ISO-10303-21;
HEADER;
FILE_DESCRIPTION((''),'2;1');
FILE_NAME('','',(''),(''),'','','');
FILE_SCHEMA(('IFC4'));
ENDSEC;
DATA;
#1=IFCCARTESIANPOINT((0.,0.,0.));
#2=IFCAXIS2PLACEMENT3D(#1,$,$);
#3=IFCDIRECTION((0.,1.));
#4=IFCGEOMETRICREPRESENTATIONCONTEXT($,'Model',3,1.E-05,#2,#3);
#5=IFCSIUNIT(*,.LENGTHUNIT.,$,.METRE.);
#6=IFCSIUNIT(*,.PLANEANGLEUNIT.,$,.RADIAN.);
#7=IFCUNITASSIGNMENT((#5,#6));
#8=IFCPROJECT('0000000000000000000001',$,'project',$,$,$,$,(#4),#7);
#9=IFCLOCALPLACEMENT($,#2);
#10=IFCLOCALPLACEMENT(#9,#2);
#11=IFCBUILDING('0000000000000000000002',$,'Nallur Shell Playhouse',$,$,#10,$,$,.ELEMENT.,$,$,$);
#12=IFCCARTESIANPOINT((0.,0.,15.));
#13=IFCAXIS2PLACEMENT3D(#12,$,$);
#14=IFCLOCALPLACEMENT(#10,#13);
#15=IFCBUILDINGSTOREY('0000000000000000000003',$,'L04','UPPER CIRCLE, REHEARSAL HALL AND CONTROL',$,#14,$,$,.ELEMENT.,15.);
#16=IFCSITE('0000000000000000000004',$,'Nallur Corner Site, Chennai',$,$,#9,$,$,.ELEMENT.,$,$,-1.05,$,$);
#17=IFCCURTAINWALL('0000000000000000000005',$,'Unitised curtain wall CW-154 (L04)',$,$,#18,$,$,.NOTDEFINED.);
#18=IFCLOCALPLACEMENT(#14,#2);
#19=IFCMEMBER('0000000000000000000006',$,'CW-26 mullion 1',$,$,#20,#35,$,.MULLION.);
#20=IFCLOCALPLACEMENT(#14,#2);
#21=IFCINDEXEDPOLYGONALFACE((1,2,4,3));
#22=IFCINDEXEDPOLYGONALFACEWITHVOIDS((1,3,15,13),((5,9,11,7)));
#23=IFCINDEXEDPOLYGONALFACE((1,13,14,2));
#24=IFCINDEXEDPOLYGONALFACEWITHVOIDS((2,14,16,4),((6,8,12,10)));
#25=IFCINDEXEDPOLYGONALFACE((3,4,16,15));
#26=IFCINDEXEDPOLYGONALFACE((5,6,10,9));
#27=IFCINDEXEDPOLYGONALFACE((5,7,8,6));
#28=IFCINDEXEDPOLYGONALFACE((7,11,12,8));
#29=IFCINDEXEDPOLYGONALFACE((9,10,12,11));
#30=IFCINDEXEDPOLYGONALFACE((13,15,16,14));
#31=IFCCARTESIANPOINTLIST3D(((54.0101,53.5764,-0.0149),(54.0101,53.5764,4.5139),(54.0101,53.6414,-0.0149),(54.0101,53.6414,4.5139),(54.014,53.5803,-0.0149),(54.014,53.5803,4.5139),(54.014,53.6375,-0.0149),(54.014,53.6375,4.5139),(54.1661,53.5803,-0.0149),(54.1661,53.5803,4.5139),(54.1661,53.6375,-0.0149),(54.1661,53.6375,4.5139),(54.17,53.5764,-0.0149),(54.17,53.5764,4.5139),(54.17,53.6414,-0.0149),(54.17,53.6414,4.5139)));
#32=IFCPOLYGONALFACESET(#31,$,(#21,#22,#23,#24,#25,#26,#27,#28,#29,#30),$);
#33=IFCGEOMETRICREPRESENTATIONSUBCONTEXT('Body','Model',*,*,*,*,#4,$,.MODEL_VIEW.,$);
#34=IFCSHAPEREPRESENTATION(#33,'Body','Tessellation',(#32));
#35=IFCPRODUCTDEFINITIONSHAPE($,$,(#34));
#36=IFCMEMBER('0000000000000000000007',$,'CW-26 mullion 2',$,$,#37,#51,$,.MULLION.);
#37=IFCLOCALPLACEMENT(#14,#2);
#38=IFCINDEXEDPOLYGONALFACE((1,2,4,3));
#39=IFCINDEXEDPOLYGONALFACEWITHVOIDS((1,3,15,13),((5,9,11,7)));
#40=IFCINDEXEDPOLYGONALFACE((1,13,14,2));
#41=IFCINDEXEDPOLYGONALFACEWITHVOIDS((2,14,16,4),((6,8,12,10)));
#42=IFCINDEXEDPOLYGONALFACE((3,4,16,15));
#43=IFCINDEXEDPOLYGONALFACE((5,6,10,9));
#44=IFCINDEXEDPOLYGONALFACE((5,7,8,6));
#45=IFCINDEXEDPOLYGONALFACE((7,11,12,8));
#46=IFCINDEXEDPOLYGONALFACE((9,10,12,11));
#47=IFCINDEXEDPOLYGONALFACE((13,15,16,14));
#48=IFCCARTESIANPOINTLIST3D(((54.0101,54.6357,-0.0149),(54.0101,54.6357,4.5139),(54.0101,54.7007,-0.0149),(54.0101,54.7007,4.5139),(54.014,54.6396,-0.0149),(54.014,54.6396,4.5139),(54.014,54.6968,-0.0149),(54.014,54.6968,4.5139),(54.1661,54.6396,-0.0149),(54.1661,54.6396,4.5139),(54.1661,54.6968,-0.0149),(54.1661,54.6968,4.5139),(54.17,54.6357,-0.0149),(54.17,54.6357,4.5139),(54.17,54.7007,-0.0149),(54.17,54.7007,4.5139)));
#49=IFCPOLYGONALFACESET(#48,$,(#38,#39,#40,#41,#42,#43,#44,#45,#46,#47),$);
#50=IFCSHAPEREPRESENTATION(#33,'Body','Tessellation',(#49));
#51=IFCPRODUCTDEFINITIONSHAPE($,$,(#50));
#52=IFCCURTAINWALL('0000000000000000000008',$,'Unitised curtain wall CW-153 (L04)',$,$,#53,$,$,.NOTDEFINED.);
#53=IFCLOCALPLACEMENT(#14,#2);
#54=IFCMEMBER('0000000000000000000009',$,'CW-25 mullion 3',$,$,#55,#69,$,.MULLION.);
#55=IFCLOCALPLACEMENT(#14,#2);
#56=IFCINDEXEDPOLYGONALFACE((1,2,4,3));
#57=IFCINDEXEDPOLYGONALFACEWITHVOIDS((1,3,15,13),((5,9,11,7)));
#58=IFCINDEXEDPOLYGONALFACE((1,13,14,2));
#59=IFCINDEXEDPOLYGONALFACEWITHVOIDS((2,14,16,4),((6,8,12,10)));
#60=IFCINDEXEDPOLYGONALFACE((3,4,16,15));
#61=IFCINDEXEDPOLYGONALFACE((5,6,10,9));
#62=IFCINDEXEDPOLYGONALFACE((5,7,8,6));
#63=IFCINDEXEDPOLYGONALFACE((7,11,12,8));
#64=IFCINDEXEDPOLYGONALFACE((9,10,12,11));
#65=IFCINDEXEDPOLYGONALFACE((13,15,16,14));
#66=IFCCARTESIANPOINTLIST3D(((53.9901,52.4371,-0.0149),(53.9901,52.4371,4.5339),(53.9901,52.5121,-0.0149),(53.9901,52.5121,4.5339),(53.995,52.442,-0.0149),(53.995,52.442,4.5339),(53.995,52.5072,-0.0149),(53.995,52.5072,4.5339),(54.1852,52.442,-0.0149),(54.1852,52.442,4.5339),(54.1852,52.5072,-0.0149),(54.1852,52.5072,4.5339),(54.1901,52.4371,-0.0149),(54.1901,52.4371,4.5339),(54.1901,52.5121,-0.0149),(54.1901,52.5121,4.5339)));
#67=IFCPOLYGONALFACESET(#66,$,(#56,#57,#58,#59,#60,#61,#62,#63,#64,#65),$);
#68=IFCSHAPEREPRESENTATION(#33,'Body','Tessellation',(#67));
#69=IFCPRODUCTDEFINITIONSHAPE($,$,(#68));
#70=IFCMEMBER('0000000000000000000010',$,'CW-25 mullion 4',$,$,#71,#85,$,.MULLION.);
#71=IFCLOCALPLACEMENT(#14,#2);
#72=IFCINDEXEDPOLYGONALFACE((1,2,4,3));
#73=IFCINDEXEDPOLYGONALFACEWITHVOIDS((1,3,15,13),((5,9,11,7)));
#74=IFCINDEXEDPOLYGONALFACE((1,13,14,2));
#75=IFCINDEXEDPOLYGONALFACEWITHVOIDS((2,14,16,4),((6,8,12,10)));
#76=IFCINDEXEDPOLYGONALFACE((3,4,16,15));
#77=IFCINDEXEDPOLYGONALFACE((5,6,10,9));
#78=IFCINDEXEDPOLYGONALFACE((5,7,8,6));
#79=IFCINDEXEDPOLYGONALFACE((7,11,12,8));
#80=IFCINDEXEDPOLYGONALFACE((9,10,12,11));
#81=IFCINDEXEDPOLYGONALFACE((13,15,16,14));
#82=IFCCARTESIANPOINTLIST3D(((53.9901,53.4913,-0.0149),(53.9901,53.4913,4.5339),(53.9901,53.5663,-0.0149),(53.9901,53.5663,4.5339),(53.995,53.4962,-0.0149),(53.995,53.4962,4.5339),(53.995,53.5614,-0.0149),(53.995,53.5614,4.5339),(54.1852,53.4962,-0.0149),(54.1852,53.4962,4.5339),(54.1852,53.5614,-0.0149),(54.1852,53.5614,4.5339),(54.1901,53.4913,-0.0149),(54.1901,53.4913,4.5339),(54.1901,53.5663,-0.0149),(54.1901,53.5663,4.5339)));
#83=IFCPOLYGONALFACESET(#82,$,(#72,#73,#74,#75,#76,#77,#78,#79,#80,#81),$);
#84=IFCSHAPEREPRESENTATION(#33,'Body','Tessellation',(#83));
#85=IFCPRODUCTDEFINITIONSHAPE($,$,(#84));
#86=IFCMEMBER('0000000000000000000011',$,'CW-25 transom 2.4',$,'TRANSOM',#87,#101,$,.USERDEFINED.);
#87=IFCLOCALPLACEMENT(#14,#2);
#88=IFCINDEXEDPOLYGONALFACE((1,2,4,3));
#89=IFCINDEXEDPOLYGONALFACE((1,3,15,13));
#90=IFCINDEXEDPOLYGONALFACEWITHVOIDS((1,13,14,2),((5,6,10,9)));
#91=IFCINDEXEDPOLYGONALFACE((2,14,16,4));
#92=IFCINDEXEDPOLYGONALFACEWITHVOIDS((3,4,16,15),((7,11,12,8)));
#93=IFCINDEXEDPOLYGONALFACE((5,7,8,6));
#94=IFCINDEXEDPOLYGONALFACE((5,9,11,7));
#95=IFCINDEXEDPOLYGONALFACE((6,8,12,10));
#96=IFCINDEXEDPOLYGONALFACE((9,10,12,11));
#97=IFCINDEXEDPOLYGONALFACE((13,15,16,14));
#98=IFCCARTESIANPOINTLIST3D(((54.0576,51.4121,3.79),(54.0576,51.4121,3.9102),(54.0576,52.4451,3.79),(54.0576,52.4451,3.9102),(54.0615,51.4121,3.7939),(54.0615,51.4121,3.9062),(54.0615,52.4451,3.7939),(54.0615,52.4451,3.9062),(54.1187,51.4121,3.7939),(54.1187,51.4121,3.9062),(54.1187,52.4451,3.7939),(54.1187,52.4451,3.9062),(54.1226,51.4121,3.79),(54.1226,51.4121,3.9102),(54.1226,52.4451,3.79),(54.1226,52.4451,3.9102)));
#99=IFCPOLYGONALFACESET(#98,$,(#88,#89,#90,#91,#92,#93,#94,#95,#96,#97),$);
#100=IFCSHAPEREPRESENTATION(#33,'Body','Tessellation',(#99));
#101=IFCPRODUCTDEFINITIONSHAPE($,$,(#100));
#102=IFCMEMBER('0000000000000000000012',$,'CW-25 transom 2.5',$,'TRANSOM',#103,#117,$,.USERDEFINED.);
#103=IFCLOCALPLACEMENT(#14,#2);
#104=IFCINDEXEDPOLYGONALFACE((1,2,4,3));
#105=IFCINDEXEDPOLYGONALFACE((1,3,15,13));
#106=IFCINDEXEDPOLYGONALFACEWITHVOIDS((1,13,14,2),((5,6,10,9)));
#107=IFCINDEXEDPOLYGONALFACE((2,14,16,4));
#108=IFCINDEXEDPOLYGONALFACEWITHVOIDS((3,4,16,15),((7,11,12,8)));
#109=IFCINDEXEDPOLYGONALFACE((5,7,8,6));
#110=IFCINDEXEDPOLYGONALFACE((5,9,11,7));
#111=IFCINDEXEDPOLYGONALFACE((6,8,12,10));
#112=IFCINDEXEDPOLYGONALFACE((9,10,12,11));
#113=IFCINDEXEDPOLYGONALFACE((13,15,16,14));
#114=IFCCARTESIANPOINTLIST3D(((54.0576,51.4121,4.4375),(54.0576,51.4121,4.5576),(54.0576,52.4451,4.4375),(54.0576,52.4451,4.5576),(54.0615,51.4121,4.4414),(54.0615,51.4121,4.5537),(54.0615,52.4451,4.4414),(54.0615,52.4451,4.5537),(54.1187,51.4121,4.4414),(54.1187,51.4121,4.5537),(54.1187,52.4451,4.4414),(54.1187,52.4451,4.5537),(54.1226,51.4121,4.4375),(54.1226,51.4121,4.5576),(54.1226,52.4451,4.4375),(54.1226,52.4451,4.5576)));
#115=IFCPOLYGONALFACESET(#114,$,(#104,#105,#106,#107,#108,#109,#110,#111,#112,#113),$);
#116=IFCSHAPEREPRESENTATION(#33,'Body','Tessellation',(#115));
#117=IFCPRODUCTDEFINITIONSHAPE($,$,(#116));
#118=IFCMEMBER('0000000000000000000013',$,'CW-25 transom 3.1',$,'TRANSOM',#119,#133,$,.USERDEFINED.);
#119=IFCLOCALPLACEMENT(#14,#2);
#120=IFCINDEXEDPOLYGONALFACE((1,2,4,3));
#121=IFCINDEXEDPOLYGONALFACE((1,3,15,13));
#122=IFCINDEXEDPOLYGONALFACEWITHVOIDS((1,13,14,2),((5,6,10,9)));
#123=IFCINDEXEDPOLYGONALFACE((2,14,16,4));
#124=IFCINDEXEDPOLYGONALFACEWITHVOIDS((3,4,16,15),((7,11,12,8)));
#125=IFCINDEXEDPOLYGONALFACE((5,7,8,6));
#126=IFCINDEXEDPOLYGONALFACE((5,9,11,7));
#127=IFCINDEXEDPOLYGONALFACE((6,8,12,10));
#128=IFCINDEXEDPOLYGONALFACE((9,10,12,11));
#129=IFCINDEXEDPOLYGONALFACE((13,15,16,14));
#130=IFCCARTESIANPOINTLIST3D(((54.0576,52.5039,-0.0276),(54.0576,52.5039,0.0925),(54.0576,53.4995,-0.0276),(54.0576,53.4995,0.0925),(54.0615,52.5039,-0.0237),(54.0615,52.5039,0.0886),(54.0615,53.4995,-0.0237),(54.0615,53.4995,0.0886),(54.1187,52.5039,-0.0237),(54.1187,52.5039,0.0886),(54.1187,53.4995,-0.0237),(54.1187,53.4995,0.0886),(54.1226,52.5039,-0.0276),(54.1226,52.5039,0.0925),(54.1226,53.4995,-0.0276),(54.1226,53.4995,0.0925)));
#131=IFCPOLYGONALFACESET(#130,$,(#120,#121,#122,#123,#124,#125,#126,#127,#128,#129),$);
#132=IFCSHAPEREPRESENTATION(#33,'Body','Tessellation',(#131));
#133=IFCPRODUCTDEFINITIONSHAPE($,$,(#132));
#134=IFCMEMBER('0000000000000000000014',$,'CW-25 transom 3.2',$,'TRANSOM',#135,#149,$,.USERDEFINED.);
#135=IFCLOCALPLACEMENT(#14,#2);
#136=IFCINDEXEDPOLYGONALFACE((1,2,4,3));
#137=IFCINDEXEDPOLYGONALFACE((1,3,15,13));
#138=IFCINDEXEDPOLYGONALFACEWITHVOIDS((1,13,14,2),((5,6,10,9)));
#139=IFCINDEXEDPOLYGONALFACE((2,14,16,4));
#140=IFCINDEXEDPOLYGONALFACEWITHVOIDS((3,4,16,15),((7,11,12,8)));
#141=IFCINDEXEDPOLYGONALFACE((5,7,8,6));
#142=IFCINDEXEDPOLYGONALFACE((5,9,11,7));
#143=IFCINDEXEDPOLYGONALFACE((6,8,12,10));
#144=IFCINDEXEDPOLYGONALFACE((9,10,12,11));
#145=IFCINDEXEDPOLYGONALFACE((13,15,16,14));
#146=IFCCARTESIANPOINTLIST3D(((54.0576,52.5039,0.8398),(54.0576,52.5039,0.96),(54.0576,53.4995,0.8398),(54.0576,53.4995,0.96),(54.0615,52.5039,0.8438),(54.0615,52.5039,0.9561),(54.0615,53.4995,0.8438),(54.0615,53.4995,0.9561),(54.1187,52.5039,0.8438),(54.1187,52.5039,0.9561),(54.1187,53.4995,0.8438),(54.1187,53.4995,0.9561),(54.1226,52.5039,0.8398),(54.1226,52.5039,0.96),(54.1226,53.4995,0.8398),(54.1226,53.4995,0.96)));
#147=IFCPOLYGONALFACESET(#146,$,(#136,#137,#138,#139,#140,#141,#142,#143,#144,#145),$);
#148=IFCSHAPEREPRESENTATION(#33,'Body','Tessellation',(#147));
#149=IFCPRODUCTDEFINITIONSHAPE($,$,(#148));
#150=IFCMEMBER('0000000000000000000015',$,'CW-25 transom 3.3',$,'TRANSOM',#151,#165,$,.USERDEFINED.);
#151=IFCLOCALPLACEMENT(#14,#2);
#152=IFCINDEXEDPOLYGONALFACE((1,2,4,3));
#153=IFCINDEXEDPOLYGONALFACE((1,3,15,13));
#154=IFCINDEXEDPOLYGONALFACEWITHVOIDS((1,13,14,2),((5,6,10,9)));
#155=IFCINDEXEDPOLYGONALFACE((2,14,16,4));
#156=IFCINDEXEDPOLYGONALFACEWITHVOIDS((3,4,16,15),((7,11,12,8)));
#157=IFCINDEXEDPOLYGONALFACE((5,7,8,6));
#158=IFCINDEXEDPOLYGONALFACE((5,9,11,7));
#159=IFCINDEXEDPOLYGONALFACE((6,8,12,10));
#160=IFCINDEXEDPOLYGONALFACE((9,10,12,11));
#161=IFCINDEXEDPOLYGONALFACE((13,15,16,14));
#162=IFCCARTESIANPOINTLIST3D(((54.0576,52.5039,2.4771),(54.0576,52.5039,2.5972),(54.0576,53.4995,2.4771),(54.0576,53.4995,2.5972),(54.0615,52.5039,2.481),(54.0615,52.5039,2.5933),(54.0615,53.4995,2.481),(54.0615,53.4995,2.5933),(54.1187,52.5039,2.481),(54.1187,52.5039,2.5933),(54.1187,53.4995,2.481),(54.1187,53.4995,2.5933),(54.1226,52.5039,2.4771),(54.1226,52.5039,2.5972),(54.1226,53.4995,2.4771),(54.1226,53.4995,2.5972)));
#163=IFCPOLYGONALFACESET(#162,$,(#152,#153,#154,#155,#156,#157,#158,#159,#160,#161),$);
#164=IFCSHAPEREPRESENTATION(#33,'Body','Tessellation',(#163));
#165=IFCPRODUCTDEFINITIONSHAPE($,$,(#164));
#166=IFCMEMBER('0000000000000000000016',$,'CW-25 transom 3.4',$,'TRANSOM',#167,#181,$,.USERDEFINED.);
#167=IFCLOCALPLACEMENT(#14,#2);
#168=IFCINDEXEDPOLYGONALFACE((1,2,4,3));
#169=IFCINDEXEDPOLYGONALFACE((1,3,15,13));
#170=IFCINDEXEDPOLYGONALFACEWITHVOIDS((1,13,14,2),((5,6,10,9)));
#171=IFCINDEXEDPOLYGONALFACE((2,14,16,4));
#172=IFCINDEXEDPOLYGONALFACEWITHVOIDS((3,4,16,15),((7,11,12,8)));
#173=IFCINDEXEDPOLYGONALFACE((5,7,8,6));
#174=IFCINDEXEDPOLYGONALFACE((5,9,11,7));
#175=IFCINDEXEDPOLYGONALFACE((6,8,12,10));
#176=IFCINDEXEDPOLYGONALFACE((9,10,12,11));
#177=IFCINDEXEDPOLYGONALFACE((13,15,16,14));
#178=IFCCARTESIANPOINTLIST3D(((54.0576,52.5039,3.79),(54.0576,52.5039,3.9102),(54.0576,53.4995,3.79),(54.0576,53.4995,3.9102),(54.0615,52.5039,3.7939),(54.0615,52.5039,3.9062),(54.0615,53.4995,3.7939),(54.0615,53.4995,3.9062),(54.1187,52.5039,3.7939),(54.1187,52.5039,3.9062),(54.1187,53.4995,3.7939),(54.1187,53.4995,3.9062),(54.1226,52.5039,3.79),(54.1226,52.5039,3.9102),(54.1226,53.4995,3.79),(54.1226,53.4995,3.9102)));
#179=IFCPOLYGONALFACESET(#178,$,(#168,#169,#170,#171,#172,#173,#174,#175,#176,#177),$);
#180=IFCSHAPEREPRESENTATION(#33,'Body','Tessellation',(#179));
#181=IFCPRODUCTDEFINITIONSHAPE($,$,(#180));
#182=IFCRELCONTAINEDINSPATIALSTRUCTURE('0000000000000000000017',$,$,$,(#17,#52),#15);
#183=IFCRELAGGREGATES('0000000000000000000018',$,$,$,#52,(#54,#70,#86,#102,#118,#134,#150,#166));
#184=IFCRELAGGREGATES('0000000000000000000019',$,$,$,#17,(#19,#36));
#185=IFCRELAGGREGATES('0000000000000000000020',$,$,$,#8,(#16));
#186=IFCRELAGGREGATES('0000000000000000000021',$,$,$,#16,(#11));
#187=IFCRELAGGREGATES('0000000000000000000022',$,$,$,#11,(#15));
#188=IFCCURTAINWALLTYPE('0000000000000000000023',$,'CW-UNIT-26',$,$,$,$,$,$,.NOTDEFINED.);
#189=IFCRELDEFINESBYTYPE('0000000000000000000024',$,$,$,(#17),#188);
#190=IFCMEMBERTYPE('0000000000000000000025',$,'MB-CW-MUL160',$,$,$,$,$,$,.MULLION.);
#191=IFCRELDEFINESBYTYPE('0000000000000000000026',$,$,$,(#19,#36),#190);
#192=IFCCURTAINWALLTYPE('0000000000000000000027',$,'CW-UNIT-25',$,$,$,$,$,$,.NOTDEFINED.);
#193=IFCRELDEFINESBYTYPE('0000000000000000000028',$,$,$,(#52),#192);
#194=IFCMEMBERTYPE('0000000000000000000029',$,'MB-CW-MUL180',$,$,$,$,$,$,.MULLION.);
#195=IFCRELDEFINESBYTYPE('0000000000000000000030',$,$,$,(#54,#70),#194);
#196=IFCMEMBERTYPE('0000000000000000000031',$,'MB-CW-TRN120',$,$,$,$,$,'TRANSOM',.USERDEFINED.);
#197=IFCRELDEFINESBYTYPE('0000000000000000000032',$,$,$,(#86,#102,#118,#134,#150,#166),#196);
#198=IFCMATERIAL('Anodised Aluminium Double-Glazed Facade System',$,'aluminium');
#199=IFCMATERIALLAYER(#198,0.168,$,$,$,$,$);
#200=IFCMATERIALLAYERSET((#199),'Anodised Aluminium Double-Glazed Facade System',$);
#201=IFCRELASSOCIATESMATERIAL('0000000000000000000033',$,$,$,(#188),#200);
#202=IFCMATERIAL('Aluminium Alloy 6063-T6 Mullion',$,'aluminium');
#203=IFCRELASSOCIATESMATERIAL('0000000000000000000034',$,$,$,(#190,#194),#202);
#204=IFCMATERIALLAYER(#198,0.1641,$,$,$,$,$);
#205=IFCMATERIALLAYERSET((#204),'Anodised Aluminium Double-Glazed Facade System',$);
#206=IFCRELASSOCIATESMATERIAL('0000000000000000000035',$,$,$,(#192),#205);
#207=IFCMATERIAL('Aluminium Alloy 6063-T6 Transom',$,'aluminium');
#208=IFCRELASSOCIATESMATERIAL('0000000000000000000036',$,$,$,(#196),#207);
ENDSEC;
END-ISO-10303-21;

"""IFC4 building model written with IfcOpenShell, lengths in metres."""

from ifc_helpers import new_model, si_unit, direction, frame, origin, origin_2d, place, context, subcontext, project, spatial, hollow_rectangle, extrude, material, layer, layer_set, material_profile, profile_set, type_object, element, aggregate, save


model = new_model("IFC4")

# Units and contexts
model_context = context("Model", 3, precision=1e-05, world=origin(), true_north=direction((0.0, 1.0)))
body_context = subcontext(model_context, "Body", "Model", "MODEL_VIEW")
ifc_project = project(units=[si_unit("LENGTHUNIT", "METRE"), si_unit("PLANEANGLEUNIT", "RADIAN")], contexts=[model_context])

# Site, building, storey
site_placement = place(None, origin())
site = spatial("IfcSite", under=ifc_project, at=site_placement, Name="Nallur Corner Site, Chennai", CompositionType="ELEMENT", RefElevation=-1.05)
building_placement = place(site_placement, origin())
building = spatial("IfcBuilding", under=site, at=building_placement, Name="Nallur Shell Playhouse", CompositionType="ELEMENT")
storey_placement = place(building_placement, frame((0.0, 0.0, 15.0)))
storey = spatial("IfcBuildingStorey", under=building, at=storey_placement, Name="L04", Description="UPPER CIRCLE, REHEARSAL HALL AND CONTROL", CompositionType="ELEMENT", Elevation=15.0)

# Curtain walls, members
ifc_material_1 = material(Name="Anodised Aluminium Double-Glazed Facade System", Category="aluminium")
ifc_layer_1 = layer(ifc_material_1, 0.168)
ifc_layer_set_1 = layer_set([ifc_layer_1], Name="Anodised Aluminium Double-Glazed Facade System")
curtain_wall_type_1 = type_object("IfcCurtainWallType", Name="CW-UNIT-26", PredefinedType="NOTDEFINED", material=ifc_layer_set_1)
curtain_wall_1_placement = place(storey_placement, origin())
curtain_wall_1 = element("IfcCurtainWall", 1, at=curtain_wall_1_placement, inside=storey, type_object=curtain_wall_type_1, Name="Unitised curtain wall CW-154 (L04)", PredefinedType="NOTDEFINED")
ifc_material_2 = material(Name="Aluminium Alloy 6063-T6 Mullion", Category="aluminium")
ifc_material_profile_1 = material_profile(ifc_material_2, hollow_rectangle(XDim=0.0649, YDim=0.1599, WallThickness=0.0039, at=origin_2d()), Name="ALU 65x160x4")
ifc_profile_set_1 = profile_set([ifc_material_profile_1], Name="Aluminium Alloy 6063-T6 Mullion")
member_type_1 = type_object("IfcMemberType", Name="MB-CW-MUL160", PredefinedType="MULLION", material=ifc_profile_set_1)
member_1_placement = place(storey_placement, frame((54.0901, 53.6089, -0.0149), z_axis=(0.0, 0.0, 1.0), x_axis=(0.0, 1.0, 0.0)))
member_1 = element("IfcMember", 2, at=member_1_placement, type_object=member_type_1, Name="CW-26 mullion 1", PredefinedType="MULLION", context=body_context, shape_type="SweptSolid", body=[
    extrude(hollow_rectangle(XDim=0.0649, YDim=0.1599, WallThickness=0.0039, at=origin_2d()), origin(), (0.0, 0.0, 1.0), 4.5288),
])
member_2_placement = place(storey_placement, frame((54.0901, 54.6682, -0.0149), z_axis=(0.0, 0.0, 1.0), x_axis=(0.0, 1.0, 0.0)))
member_2 = element("IfcMember", 3, at=member_2_placement, type_object=member_type_1, Name="CW-26 mullion 2", PredefinedType="MULLION", context=body_context, shape_type="SweptSolid", body=[
    extrude(hollow_rectangle(XDim=0.0649, YDim=0.1599, WallThickness=0.0039, at=origin_2d()), origin(), (0.0, 0.0, 1.0), 4.5288),
])
ifc_layer_2 = layer(ifc_material_1, 0.1641)
ifc_layer_set_2 = layer_set([ifc_layer_2], Name="Anodised Aluminium Double-Glazed Facade System")
curtain_wall_type_2 = type_object("IfcCurtainWallType", Name="CW-UNIT-25", PredefinedType="NOTDEFINED", material=ifc_layer_set_2)
curtain_wall_2_placement = place(storey_placement, origin())
curtain_wall_2 = element("IfcCurtainWall", 4, at=curtain_wall_2_placement, inside=storey, type_object=curtain_wall_type_2, Name="Unitised curtain wall CW-153 (L04)", PredefinedType="NOTDEFINED")
ifc_material_profile_2 = material_profile(ifc_material_2, hollow_rectangle(XDim=0.075, YDim=0.2, WallThickness=0.0049, at=origin_2d()), Name="ALU 75x200x5")
ifc_profile_set_2 = profile_set([ifc_material_profile_2], Name="Aluminium Alloy 6063-T6 Mullion")
member_type_2 = type_object("IfcMemberType", Name="MB-CW-MUL180", PredefinedType="MULLION", material=ifc_profile_set_2)
member_3_placement = place(storey_placement, frame((54.0901, 52.4746, -0.0149), z_axis=(0.0, 0.0, 1.0), x_axis=(0.0, 1.0, 0.0)))
member_3 = element("IfcMember", 5, at=member_3_placement, type_object=member_type_2, Name="CW-25 mullion 3", PredefinedType="MULLION", context=body_context, shape_type="SweptSolid", body=[
    extrude(hollow_rectangle(XDim=0.075, YDim=0.2, WallThickness=0.0049, at=origin_2d()), origin(), (0.0, 0.0, 1.0), 4.5488),
])
member_4_placement = place(storey_placement, frame((54.0901, 53.5288, -0.0149), z_axis=(0.0, 0.0, 1.0), x_axis=(0.0, 1.0, 0.0)))
member_4 = element("IfcMember", 6, at=member_4_placement, type_object=member_type_2, Name="CW-25 mullion 4", PredefinedType="MULLION", context=body_context, shape_type="SweptSolid", body=[
    extrude(hollow_rectangle(XDim=0.075, YDim=0.2, WallThickness=0.0049, at=origin_2d()), origin(), (0.0, 0.0, 1.0), 4.5488),
])
ifc_material_3 = material(Name="Aluminium Alloy 6063-T6 Transom", Category="aluminium")
ifc_material_profile_3 = material_profile(ifc_material_3, hollow_rectangle(XDim=0.0649, YDim=0.1201, WallThickness=0.0039, at=origin_2d()), Name="ALU 65x120x4")
ifc_profile_set_3 = profile_set([ifc_material_profile_3], Name="Aluminium Alloy 6063-T6 Transom")
member_type_3 = type_object("IfcMemberType", Name="MB-CW-TRN120", ElementType="TRANSOM", PredefinedType="USERDEFINED", material=ifc_profile_set_3)
member_5_placement = place(storey_placement, frame((54.0901, 51.4121, 3.8501), z_axis=(0.0, 1.0, 0.0), x_axis=(-1.0, 0.0, 0.0)))
member_5 = element("IfcMember", 7, at=member_5_placement, type_object=member_type_3, Name="CW-25 transom 2.4", ObjectType="TRANSOM", PredefinedType="USERDEFINED", context=body_context, shape_type="SweptSolid", body=[
    extrude(hollow_rectangle(XDim=0.0649, YDim=0.1201, WallThickness=0.0039, at=origin_2d()), origin(), (0.0, 0.0, 1.0), 1.033),
])
member_6_placement = place(storey_placement, frame((54.0901, 51.4121, 4.4976), z_axis=(0.0, 1.0, 0.0), x_axis=(-1.0, 0.0, 0.0)))
member_6 = element("IfcMember", 8, at=member_6_placement, type_object=member_type_3, Name="CW-25 transom 2.5", ObjectType="TRANSOM", PredefinedType="USERDEFINED", context=body_context, shape_type="SweptSolid", body=[
    extrude(hollow_rectangle(XDim=0.0649, YDim=0.1201, WallThickness=0.0039, at=origin_2d()), origin(), (0.0, 0.0, 1.0), 1.033),
])
member_7_placement = place(storey_placement, frame((54.0901, 52.5039, 0.0325), z_axis=(0.0, 1.0, 0.0), x_axis=(-1.0, 0.0, 0.0)))
member_7 = element("IfcMember", 9, at=member_7_placement, type_object=member_type_3, Name="CW-25 transom 3.1", ObjectType="TRANSOM", PredefinedType="USERDEFINED", context=body_context, shape_type="SweptSolid", body=[
    extrude(hollow_rectangle(XDim=0.0649, YDim=0.1201, WallThickness=0.0039, at=origin_2d()), origin(), (0.0, 0.0, 1.0), 0.9956),
])
member_8_placement = place(storey_placement, frame((54.0901, 52.5039, 0.8999), z_axis=(0.0, 1.0, 0.0), x_axis=(-1.0, 0.0, 0.0)))
member_8 = element("IfcMember", 10, at=member_8_placement, type_object=member_type_3, Name="CW-25 transom 3.2", ObjectType="TRANSOM", PredefinedType="USERDEFINED", context=body_context, shape_type="SweptSolid", body=[
    extrude(hollow_rectangle(XDim=0.0649, YDim=0.1201, WallThickness=0.0039, at=origin_2d()), origin(), (0.0, 0.0, 1.0), 0.9956),
])
member_9_placement = place(storey_placement, frame((54.0901, 52.5039, 2.5371), z_axis=(0.0, 1.0, 0.0), x_axis=(-1.0, 0.0, 0.0)))
member_9 = element("IfcMember", 11, at=member_9_placement, type_object=member_type_3, Name="CW-25 transom 3.3", ObjectType="TRANSOM", PredefinedType="USERDEFINED", context=body_context, shape_type="SweptSolid", body=[
    extrude(hollow_rectangle(XDim=0.0649, YDim=0.1201, WallThickness=0.0039, at=origin_2d()), origin(), (0.0, 0.0, 1.0), 0.9956),
])
member_10_placement = place(storey_placement, frame((54.0901, 52.5039, 3.8501), z_axis=(0.0, 1.0, 0.0), x_axis=(-1.0, 0.0, 0.0)))
member_10 = element("IfcMember", 12, at=member_10_placement, type_object=member_type_3, Name="CW-25 transom 3.4", ObjectType="TRANSOM", PredefinedType="USERDEFINED", context=body_context, shape_type="SweptSolid", body=[
    extrude(hollow_rectangle(XDim=0.0649, YDim=0.1201, WallThickness=0.0039, at=origin_2d()), origin(), (0.0, 0.0, 1.0), 0.9956),
])

aggregate(curtain_wall_2, [member_3, member_4, member_5, member_6, member_7, member_8, member_9, member_10])
aggregate(curtain_wall_1, [member_1, member_2])

save(model, "model.ifc")
